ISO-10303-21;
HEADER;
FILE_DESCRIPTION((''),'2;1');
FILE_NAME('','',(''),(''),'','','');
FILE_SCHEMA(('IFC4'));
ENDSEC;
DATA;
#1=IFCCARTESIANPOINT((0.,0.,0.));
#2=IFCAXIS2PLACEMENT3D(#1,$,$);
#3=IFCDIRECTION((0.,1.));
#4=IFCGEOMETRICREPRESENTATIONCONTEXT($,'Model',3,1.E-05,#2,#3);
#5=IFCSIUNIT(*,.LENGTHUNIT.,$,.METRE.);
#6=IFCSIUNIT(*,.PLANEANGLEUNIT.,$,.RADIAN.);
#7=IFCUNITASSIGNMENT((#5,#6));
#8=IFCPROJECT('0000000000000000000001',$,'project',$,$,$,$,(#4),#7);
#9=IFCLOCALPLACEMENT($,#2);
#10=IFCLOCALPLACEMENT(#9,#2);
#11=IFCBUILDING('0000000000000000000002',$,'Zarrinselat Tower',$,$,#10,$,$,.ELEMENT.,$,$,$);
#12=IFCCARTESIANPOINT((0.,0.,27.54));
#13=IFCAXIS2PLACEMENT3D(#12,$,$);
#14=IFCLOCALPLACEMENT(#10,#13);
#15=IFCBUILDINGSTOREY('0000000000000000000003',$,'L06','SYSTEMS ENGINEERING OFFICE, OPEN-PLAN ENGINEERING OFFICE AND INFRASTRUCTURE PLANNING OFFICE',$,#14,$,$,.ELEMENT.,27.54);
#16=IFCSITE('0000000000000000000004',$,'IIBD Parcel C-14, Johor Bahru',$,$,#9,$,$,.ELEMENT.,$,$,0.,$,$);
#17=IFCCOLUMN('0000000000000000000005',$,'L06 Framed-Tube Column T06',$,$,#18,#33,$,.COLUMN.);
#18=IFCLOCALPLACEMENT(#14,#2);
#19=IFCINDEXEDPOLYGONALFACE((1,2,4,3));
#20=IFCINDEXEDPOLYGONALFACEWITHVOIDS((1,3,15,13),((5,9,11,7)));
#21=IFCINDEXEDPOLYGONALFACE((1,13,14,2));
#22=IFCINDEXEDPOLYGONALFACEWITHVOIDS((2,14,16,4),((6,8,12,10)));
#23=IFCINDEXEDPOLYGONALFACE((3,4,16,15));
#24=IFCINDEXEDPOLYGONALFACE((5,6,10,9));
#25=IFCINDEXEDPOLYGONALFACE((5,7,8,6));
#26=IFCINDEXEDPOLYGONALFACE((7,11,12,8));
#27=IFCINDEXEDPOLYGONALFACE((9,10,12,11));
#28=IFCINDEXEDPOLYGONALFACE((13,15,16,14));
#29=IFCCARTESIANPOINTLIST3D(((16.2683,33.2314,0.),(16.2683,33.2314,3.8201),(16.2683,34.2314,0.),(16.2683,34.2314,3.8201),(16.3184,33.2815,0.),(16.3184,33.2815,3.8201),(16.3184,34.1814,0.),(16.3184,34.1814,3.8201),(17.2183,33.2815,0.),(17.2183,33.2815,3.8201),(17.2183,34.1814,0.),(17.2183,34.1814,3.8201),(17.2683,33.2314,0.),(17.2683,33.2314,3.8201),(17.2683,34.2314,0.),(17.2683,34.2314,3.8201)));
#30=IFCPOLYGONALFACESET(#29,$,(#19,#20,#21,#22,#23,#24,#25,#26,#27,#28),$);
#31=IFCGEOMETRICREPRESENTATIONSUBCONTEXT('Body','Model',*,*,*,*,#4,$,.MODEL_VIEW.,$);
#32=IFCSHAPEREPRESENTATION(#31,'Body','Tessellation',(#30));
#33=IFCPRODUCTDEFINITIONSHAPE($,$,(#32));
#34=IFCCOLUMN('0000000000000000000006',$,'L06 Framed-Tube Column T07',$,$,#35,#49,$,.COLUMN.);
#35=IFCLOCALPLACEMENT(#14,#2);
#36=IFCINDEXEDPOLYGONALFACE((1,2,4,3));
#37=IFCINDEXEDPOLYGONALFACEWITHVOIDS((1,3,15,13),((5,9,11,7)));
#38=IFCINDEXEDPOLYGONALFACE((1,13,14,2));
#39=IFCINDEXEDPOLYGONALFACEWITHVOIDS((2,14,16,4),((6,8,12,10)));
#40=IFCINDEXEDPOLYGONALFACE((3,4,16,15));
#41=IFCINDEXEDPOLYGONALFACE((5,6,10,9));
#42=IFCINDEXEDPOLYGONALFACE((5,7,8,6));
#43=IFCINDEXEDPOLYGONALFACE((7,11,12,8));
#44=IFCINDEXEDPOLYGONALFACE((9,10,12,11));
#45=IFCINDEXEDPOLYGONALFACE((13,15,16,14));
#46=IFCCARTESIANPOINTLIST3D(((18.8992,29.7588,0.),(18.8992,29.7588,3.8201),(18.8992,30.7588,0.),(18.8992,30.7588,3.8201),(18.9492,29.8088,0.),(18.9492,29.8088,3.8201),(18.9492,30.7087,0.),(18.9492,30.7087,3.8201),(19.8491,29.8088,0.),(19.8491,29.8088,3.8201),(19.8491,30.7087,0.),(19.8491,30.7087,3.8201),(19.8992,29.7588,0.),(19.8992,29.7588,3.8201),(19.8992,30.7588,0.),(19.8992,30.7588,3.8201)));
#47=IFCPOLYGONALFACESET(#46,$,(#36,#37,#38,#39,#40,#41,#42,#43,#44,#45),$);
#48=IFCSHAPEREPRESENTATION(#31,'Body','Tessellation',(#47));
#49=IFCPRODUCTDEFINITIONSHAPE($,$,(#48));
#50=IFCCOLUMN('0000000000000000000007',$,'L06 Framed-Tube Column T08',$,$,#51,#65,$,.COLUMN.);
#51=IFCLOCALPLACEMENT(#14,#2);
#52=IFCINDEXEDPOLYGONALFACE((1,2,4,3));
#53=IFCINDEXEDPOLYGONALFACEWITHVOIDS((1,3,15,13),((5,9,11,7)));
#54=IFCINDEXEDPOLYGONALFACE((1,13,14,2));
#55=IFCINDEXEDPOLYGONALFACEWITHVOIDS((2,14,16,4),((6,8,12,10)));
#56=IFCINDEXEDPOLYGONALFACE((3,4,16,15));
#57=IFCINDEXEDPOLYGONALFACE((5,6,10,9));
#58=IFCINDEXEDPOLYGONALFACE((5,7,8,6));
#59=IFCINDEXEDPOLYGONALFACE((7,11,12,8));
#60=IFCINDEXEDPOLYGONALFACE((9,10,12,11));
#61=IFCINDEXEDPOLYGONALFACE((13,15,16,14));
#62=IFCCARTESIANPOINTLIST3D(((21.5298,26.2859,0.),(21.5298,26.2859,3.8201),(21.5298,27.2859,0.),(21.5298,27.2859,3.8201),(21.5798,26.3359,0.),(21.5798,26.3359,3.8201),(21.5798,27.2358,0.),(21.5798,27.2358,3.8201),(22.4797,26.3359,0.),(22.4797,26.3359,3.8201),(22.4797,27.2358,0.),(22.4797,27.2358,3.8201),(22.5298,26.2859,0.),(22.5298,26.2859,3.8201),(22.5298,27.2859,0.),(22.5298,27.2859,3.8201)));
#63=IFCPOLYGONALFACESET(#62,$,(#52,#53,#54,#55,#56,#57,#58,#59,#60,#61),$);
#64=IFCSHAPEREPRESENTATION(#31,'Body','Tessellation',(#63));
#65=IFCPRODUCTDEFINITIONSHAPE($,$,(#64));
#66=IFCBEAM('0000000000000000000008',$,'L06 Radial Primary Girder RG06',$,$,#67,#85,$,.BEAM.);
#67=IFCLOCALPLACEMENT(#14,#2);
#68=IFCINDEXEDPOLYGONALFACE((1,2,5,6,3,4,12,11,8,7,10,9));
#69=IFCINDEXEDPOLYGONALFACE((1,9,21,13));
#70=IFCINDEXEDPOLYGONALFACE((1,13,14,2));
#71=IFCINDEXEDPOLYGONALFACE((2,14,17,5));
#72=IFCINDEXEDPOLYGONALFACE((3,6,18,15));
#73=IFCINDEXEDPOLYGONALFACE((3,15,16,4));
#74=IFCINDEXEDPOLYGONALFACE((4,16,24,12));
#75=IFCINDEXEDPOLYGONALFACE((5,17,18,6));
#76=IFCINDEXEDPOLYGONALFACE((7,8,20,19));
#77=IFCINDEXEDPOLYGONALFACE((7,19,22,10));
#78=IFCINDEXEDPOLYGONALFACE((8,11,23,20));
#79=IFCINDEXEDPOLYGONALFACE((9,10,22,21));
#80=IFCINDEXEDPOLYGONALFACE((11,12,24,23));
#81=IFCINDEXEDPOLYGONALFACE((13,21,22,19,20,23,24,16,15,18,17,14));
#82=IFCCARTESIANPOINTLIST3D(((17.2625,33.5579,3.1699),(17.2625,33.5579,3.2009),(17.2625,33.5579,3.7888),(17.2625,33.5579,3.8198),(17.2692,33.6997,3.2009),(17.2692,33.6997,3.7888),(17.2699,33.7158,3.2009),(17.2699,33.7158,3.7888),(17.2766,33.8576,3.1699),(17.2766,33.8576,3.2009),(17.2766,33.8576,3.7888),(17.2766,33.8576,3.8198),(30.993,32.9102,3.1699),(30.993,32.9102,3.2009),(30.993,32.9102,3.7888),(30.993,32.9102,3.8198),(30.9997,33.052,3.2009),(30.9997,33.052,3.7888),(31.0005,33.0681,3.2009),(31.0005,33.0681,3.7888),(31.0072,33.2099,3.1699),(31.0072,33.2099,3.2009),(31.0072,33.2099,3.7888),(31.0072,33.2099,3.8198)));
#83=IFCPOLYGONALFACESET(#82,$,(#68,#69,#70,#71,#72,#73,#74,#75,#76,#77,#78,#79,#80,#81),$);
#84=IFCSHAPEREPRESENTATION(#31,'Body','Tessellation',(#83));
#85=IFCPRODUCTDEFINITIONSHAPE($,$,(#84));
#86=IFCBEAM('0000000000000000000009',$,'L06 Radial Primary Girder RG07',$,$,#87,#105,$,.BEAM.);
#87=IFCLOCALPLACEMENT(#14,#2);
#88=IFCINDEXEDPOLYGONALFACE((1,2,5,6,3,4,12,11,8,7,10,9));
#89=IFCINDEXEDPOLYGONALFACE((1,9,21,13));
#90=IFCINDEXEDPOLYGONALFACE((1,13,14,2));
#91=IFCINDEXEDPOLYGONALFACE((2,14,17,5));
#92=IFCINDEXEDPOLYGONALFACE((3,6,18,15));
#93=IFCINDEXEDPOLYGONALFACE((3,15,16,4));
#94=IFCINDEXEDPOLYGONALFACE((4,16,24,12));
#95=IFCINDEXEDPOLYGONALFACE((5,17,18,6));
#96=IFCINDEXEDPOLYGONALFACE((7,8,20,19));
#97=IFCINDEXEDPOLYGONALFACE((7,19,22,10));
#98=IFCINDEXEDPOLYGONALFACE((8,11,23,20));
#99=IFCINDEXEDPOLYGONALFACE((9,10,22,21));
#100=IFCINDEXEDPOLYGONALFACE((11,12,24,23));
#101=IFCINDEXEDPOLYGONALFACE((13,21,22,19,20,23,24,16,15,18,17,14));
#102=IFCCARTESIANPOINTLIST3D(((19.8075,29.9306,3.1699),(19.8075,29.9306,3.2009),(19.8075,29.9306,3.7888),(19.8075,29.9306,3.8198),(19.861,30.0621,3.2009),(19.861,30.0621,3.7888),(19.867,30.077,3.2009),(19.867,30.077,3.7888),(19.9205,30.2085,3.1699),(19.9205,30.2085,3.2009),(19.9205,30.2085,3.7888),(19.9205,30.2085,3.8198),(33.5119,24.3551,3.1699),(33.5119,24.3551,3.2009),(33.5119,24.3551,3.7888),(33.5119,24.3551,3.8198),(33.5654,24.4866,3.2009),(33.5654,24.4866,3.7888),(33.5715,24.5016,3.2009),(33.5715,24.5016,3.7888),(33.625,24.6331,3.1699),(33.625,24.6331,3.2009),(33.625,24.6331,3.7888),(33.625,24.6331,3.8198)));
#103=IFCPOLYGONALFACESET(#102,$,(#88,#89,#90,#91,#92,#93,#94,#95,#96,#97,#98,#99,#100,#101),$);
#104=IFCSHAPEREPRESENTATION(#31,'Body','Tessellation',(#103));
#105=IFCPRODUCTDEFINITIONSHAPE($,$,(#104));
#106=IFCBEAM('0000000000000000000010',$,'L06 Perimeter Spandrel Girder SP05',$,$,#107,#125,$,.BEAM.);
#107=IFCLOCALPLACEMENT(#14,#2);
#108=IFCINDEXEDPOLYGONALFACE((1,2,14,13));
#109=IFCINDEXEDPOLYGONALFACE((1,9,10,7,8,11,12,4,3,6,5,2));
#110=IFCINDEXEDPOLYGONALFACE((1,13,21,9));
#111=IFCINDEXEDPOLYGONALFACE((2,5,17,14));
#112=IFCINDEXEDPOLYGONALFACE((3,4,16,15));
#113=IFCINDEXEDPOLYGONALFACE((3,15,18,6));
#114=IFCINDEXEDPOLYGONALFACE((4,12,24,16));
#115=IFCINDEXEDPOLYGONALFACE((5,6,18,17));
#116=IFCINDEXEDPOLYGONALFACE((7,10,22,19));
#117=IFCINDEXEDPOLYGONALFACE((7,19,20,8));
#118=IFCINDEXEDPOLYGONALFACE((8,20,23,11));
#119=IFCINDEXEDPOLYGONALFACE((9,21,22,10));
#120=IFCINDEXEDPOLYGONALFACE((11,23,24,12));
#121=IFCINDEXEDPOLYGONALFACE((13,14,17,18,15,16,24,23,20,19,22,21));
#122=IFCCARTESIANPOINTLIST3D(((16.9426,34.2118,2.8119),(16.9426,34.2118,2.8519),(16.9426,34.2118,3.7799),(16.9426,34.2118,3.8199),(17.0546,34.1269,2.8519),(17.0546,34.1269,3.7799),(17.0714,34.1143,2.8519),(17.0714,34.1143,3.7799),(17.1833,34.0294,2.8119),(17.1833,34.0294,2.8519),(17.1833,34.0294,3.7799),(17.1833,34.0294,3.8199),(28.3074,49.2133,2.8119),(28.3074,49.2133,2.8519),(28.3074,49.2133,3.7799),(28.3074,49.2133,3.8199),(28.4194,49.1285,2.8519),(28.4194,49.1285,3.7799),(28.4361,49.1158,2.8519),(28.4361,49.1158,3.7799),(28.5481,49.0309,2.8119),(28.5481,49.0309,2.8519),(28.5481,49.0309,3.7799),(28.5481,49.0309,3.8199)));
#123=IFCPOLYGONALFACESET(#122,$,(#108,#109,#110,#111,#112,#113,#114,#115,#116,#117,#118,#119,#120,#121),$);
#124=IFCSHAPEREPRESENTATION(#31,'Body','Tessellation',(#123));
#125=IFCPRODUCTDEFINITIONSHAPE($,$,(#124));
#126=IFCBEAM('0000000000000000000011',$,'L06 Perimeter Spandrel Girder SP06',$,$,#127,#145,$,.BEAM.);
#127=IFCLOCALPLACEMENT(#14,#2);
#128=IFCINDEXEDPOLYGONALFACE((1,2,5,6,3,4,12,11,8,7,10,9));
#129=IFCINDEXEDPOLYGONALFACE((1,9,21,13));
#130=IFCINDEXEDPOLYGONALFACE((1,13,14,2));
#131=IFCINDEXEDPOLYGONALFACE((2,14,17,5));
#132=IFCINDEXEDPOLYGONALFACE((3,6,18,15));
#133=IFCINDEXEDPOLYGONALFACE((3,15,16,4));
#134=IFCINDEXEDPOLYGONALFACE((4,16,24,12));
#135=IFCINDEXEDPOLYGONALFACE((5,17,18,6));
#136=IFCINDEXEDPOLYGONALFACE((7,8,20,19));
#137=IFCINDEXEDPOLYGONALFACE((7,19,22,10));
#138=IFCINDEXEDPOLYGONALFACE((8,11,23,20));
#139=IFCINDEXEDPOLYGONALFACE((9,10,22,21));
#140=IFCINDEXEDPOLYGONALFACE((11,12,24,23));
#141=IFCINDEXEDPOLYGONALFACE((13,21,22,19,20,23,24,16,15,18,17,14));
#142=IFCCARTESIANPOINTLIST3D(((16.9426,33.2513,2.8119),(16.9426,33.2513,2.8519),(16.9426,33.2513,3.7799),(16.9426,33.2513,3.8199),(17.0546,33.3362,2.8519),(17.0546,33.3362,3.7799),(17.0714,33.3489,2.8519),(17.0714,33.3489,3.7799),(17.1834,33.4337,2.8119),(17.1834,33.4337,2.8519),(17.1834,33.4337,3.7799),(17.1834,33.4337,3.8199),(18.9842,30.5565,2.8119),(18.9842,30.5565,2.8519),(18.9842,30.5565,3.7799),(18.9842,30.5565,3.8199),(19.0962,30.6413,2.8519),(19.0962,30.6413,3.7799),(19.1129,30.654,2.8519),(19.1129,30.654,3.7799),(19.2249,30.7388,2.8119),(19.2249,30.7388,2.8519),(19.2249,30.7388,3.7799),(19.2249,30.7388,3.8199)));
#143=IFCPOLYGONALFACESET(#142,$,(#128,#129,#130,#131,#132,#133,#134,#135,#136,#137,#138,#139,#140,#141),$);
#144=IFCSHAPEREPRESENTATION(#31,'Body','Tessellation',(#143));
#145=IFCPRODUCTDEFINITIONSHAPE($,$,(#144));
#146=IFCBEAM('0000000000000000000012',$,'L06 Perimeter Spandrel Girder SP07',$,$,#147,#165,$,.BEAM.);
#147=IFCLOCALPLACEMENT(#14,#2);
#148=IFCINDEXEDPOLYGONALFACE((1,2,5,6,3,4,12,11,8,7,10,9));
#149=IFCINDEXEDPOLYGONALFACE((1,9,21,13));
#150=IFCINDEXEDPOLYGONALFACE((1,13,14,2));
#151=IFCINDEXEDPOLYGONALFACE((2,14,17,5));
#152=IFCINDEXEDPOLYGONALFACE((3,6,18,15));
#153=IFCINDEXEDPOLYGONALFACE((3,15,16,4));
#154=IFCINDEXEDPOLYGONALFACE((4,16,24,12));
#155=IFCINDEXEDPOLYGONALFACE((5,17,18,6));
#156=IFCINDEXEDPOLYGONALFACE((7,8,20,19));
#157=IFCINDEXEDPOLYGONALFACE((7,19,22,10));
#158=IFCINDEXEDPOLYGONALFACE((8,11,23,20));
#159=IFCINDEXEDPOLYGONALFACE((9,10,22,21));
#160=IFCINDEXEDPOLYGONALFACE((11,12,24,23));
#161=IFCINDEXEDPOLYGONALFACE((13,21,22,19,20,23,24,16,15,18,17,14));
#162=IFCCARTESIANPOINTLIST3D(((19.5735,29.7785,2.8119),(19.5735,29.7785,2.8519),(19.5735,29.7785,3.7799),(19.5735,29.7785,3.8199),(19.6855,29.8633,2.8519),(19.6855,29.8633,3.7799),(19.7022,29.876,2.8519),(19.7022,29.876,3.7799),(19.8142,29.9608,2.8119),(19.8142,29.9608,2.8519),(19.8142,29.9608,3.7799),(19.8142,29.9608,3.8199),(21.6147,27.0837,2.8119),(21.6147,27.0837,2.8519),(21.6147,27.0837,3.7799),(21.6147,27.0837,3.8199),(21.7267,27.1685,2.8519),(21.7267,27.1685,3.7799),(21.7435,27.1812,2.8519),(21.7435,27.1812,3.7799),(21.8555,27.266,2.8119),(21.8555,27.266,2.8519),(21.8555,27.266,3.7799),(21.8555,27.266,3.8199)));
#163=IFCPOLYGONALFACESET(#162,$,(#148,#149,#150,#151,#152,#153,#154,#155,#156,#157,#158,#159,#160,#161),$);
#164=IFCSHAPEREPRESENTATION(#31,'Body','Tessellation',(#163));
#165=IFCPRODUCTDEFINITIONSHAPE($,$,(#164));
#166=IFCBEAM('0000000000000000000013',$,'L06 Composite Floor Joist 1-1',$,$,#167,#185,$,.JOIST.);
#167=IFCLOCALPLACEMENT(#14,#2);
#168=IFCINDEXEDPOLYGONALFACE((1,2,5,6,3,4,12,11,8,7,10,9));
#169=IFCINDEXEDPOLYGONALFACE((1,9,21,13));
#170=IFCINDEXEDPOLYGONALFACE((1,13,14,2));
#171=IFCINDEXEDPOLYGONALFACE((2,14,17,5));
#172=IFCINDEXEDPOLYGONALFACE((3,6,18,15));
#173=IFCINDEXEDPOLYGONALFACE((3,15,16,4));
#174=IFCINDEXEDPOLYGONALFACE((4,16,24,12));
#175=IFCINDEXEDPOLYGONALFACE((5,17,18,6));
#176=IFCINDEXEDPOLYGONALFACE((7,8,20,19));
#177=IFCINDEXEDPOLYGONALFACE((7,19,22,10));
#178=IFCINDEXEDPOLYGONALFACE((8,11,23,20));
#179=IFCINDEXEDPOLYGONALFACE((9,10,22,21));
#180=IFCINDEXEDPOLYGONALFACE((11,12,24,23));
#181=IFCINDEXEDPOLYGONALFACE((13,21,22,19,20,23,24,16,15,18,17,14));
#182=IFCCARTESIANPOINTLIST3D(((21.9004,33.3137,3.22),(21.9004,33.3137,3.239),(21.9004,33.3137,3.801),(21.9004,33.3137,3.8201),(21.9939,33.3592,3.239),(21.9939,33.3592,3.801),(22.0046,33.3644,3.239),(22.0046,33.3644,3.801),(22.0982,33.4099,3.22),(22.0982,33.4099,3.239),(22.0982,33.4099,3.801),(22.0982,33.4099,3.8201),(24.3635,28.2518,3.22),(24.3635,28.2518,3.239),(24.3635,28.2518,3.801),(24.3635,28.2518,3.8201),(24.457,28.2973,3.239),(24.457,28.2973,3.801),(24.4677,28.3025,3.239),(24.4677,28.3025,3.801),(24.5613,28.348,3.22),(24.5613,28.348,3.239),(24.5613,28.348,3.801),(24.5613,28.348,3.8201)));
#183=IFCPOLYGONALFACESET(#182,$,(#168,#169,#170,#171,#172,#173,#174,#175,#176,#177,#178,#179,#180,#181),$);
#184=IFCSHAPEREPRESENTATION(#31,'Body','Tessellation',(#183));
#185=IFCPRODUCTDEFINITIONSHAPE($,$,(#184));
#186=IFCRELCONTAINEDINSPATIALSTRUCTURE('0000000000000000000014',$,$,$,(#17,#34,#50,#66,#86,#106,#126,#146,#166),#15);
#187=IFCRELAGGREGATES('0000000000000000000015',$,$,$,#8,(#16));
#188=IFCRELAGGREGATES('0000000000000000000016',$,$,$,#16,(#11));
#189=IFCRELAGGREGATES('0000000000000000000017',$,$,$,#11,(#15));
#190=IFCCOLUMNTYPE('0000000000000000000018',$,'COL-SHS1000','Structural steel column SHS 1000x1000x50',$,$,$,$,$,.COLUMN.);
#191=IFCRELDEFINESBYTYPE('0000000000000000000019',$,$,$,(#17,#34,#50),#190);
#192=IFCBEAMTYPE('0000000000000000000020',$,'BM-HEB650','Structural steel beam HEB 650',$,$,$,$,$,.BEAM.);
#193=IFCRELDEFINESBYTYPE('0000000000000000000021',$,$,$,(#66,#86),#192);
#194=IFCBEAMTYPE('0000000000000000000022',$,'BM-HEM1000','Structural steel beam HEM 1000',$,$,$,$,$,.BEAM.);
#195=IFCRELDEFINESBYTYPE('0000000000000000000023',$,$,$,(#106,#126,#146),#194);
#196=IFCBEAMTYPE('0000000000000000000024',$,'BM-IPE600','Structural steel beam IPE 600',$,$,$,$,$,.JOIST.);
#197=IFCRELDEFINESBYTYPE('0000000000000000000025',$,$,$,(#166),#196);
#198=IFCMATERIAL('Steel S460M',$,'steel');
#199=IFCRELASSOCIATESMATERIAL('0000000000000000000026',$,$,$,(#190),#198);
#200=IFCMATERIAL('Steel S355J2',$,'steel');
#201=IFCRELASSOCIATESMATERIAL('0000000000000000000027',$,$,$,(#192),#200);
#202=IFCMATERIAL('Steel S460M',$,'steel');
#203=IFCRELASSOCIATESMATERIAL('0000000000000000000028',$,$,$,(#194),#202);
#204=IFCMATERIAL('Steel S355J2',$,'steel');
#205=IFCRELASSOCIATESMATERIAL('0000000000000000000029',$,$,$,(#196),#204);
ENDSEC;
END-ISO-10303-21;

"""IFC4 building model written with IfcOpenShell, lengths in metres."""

from ifc_helpers import new_model, si_unit, direction, frame, origin, origin_2d, place, context, subcontext, project, spatial, hollow_rectangle, i_section, extrude, material, material_profile, profile_set, type_object, element, save


model = new_model("IFC4")

# Units and contexts
model_context = context("Model", 3, precision=1e-05, world=origin(), true_north=direction((0.0, 1.0)))
body_context = subcontext(model_context, "Body", "Model", "MODEL_VIEW")
ifc_project = project(units=[si_unit("LENGTHUNIT", "METRE"), si_unit("PLANEANGLEUNIT", "RADIAN")], contexts=[model_context])

# Site, building, storey
site_placement = place(None, origin())
site = spatial("IfcSite", under=ifc_project, at=site_placement, Name="IIBD Parcel C-14, Johor Bahru", CompositionType="ELEMENT", RefElevation=0.0)
building_placement = place(site_placement, origin())
building = spatial("IfcBuilding", under=site, at=building_placement, Name="Zarrinselat Tower", CompositionType="ELEMENT")
storey_placement = place(building_placement, frame((0.0, 0.0, 27.54)))
storey = spatial("IfcBuildingStorey", under=building, at=storey_placement, Name="L06", Description="SYSTEMS ENGINEERING OFFICE, OPEN-PLAN ENGINEERING OFFICE AND INFRASTRUCTURE PLANNING OFFICE", CompositionType="ELEMENT", Elevation=27.54)

# Columns
ifc_material_1 = material(Name="Steel S460M", Category="steel")
ifc_material_profile_1 = material_profile(ifc_material_1, hollow_rectangle(XDim=1.0, YDim=1.0, WallThickness=0.05, at=origin_2d()), Name="SHS 1000x1000x50")
ifc_profile_set_1 = profile_set([ifc_material_profile_1], Name="Steel S460M")
column_type = type_object("IfcColumnType", Name="COL-SHS1000", Description="Structural steel column SHS 1000x1000x50", PredefinedType="COLUMN", material=ifc_profile_set_1)
for number, where, z_axis, x_axis, name in (
    (1, (16.7683, 33.7314, 0.0), (0.0, 0.0, 1.0), (1.0, 0.0, 0.0), "L06 Framed-Tube Column T06"),
    (2, (19.3992, 30.2588, 0.0), (0.0, 0.0, 1.0), (1.0, 0.0, 0.0), "L06 Framed-Tube Column T07"),
    (3, (22.0298, 26.7859, 0.0), (0.0, 0.0, 1.0), (1.0, 0.0, 0.0), "L06 Framed-Tube Column T08"),
):
    element("IfcColumn", number, at=place(storey_placement, frame(where, z_axis=z_axis, x_axis=x_axis)), inside=storey, type_object=column_type, Name=name, PredefinedType="COLUMN", context=body_context, shape_type="SweptSolid", body=[
        extrude(hollow_rectangle(XDim=1.0, YDim=1.0, WallThickness=0.05, at=origin_2d()), origin(), (0.0, 0.0, 1.0), 3.8201),
    ])

# Beams
ifc_material_2 = material(Name="Steel S355J2", Category="steel")
ifc_material_profile_2 = material_profile(ifc_material_2, i_section(OverallWidth=0.3, OverallDepth=0.6499, WebThickness=0.0161, FlangeThickness=0.031, at=origin_2d()), Name="HEB 650")
ifc_profile_set_2 = profile_set([ifc_material_profile_2], Name="Steel S355J2")
beam_type_1 = type_object("IfcBeamType", Name="BM-HEB650", Description="Structural steel beam HEB 650", PredefinedType="BEAM", material=ifc_profile_set_2)
beam_1_placement = place(storey_placement, frame((17.2695, 33.7078, 3.4949), z_axis=(0.998889, -0.04712, 0.0), x_axis=(0.04712, 0.998889, 0.0)))
element("IfcBeam", 4, at=beam_1_placement, inside=storey, type_object=beam_type_1, Name="L06 Radial Primary Girder RG06", PredefinedType="BEAM", context=body_context, shape_type="SweptSolid", body=[
    extrude(i_section(OverallWidth=0.3, OverallDepth=0.6499, WebThickness=0.0161, FlangeThickness=0.031, at=origin_2d()), origin(), (0.0, 0.0, 1.0), 13.7458),
])
beam_2_placement = place(storey_placement, frame((19.864, 30.0696, 3.4949), z_axis=(0.926277, -0.376844, 0.0), x_axis=(0.376844, 0.926277, 0.0)))
element("IfcBeam", 5, at=beam_2_placement, inside=storey, type_object=beam_type_1, Name="L06 Radial Primary Girder RG07", PredefinedType="BEAM", context=body_context, shape_type="SweptSolid", body=[
    extrude(i_section(OverallWidth=0.3, OverallDepth=0.6499, WebThickness=0.0161, FlangeThickness=0.031, at=origin_2d()), origin(), (0.0, 0.0, 1.0), 14.7952),
])
ifc_material_3 = material(Name="Steel S460M", Category="steel")
ifc_material_profile_3 = material_profile(ifc_material_3, i_section(OverallWidth=0.302, OverallDepth=1.0081, WebThickness=0.021, FlangeThickness=0.04, at=origin_2d()), Name="HEM 1000")
ifc_profile_set_3 = profile_set([ifc_material_profile_3], Name="Steel S460M")
beam_type_2 = type_object("IfcBeamType", Name="BM-HEM1000", Description="Structural steel beam HEM 1000", PredefinedType="BEAM", material=ifc_profile_set_3)
beam_3_placement = place(storey_placement, frame((17.063, 34.1206, 3.3159), z_axis=(0.603858, 0.797092, 0.0), x_axis=(-0.797092, 0.603858, 0.0)))
element("IfcBeam", 6, at=beam_3_placement, inside=storey, type_object=beam_type_2, Name="L06 Perimeter Spandrel Girder SP05", PredefinedType="BEAM", context=body_context, shape_type="SweptSolid", body=[
    extrude(i_section(OverallWidth=0.302, OverallDepth=1.0081, WebThickness=0.021, FlangeThickness=0.04, at=origin_2d()), origin(), (0.0, 0.0, 1.0), 18.8203),
])
beam_4_placement = place(storey_placement, frame((17.063, 33.3425, 3.3159), z_axis=(0.603852, -0.797096, 0.0), x_axis=(0.797096, 0.603852, 0.0)))
element("IfcBeam", 7, at=beam_4_placement, inside=storey, type_object=beam_type_2, Name="L06 Perimeter Spandrel Girder SP06", PredefinedType="BEAM", context=body_context, shape_type="SweptSolid", body=[
    extrude(i_section(OverallWidth=0.302, OverallDepth=1.0081, WebThickness=0.021, FlangeThickness=0.04, at=origin_2d()), origin(), (0.0, 0.0, 1.0), 3.3809),
])
beam_5_placement = place(storey_placement, frame((19.6938, 29.8696, 3.3159), z_axis=(0.603806, -0.797131, 0.0), x_axis=(0.797131, 0.603806, 0.0)))
element("IfcBeam", 8, at=beam_5_placement, inside=storey, type_object=beam_type_2, Name="L06 Perimeter Spandrel Girder SP07", PredefinedType="BEAM", context=body_context, shape_type="SweptSolid", body=[
    extrude(i_section(OverallWidth=0.302, OverallDepth=1.0081, WebThickness=0.021, FlangeThickness=0.04, at=origin_2d()), origin(), (0.0, 0.0, 1.0), 3.3806),
])
ifc_material_4 = material(Name="Steel S355J2", Category="steel")
ifc_material_profile_4 = material_profile(ifc_material_4, i_section(OverallWidth=0.22, OverallDepth=0.6001, WebThickness=0.012, FlangeThickness=0.019, at=origin_2d()), Name="IPE 600")
ifc_profile_set_4 = profile_set([ifc_material_profile_4], Name="Steel S355J2")
beam_type_3 = type_object("IfcBeamType", Name="BM-IPE600", Description="Structural steel beam IPE 600", PredefinedType="JOIST", material=ifc_profile_set_4)
beam_6_placement = place(storey_placement, frame((21.9993, 33.3618, 3.52), z_axis=(0.437542, -0.899198, 0.0), x_axis=(0.899198, 0.437542, 0.0)))
element("IfcBeam", 9, at=beam_6_placement, inside=storey, type_object=beam_type_3, Name="L06 Composite Floor Joist 1-1", PredefinedType="JOIST", context=body_context, shape_type="SweptSolid", body=[
    extrude(i_section(OverallWidth=0.22, OverallDepth=0.6001, WebThickness=0.012, FlangeThickness=0.019, at=origin_2d()), origin(), (0.0, 0.0, 1.0), 5.6294),
])

save(model, "model.ifc")
